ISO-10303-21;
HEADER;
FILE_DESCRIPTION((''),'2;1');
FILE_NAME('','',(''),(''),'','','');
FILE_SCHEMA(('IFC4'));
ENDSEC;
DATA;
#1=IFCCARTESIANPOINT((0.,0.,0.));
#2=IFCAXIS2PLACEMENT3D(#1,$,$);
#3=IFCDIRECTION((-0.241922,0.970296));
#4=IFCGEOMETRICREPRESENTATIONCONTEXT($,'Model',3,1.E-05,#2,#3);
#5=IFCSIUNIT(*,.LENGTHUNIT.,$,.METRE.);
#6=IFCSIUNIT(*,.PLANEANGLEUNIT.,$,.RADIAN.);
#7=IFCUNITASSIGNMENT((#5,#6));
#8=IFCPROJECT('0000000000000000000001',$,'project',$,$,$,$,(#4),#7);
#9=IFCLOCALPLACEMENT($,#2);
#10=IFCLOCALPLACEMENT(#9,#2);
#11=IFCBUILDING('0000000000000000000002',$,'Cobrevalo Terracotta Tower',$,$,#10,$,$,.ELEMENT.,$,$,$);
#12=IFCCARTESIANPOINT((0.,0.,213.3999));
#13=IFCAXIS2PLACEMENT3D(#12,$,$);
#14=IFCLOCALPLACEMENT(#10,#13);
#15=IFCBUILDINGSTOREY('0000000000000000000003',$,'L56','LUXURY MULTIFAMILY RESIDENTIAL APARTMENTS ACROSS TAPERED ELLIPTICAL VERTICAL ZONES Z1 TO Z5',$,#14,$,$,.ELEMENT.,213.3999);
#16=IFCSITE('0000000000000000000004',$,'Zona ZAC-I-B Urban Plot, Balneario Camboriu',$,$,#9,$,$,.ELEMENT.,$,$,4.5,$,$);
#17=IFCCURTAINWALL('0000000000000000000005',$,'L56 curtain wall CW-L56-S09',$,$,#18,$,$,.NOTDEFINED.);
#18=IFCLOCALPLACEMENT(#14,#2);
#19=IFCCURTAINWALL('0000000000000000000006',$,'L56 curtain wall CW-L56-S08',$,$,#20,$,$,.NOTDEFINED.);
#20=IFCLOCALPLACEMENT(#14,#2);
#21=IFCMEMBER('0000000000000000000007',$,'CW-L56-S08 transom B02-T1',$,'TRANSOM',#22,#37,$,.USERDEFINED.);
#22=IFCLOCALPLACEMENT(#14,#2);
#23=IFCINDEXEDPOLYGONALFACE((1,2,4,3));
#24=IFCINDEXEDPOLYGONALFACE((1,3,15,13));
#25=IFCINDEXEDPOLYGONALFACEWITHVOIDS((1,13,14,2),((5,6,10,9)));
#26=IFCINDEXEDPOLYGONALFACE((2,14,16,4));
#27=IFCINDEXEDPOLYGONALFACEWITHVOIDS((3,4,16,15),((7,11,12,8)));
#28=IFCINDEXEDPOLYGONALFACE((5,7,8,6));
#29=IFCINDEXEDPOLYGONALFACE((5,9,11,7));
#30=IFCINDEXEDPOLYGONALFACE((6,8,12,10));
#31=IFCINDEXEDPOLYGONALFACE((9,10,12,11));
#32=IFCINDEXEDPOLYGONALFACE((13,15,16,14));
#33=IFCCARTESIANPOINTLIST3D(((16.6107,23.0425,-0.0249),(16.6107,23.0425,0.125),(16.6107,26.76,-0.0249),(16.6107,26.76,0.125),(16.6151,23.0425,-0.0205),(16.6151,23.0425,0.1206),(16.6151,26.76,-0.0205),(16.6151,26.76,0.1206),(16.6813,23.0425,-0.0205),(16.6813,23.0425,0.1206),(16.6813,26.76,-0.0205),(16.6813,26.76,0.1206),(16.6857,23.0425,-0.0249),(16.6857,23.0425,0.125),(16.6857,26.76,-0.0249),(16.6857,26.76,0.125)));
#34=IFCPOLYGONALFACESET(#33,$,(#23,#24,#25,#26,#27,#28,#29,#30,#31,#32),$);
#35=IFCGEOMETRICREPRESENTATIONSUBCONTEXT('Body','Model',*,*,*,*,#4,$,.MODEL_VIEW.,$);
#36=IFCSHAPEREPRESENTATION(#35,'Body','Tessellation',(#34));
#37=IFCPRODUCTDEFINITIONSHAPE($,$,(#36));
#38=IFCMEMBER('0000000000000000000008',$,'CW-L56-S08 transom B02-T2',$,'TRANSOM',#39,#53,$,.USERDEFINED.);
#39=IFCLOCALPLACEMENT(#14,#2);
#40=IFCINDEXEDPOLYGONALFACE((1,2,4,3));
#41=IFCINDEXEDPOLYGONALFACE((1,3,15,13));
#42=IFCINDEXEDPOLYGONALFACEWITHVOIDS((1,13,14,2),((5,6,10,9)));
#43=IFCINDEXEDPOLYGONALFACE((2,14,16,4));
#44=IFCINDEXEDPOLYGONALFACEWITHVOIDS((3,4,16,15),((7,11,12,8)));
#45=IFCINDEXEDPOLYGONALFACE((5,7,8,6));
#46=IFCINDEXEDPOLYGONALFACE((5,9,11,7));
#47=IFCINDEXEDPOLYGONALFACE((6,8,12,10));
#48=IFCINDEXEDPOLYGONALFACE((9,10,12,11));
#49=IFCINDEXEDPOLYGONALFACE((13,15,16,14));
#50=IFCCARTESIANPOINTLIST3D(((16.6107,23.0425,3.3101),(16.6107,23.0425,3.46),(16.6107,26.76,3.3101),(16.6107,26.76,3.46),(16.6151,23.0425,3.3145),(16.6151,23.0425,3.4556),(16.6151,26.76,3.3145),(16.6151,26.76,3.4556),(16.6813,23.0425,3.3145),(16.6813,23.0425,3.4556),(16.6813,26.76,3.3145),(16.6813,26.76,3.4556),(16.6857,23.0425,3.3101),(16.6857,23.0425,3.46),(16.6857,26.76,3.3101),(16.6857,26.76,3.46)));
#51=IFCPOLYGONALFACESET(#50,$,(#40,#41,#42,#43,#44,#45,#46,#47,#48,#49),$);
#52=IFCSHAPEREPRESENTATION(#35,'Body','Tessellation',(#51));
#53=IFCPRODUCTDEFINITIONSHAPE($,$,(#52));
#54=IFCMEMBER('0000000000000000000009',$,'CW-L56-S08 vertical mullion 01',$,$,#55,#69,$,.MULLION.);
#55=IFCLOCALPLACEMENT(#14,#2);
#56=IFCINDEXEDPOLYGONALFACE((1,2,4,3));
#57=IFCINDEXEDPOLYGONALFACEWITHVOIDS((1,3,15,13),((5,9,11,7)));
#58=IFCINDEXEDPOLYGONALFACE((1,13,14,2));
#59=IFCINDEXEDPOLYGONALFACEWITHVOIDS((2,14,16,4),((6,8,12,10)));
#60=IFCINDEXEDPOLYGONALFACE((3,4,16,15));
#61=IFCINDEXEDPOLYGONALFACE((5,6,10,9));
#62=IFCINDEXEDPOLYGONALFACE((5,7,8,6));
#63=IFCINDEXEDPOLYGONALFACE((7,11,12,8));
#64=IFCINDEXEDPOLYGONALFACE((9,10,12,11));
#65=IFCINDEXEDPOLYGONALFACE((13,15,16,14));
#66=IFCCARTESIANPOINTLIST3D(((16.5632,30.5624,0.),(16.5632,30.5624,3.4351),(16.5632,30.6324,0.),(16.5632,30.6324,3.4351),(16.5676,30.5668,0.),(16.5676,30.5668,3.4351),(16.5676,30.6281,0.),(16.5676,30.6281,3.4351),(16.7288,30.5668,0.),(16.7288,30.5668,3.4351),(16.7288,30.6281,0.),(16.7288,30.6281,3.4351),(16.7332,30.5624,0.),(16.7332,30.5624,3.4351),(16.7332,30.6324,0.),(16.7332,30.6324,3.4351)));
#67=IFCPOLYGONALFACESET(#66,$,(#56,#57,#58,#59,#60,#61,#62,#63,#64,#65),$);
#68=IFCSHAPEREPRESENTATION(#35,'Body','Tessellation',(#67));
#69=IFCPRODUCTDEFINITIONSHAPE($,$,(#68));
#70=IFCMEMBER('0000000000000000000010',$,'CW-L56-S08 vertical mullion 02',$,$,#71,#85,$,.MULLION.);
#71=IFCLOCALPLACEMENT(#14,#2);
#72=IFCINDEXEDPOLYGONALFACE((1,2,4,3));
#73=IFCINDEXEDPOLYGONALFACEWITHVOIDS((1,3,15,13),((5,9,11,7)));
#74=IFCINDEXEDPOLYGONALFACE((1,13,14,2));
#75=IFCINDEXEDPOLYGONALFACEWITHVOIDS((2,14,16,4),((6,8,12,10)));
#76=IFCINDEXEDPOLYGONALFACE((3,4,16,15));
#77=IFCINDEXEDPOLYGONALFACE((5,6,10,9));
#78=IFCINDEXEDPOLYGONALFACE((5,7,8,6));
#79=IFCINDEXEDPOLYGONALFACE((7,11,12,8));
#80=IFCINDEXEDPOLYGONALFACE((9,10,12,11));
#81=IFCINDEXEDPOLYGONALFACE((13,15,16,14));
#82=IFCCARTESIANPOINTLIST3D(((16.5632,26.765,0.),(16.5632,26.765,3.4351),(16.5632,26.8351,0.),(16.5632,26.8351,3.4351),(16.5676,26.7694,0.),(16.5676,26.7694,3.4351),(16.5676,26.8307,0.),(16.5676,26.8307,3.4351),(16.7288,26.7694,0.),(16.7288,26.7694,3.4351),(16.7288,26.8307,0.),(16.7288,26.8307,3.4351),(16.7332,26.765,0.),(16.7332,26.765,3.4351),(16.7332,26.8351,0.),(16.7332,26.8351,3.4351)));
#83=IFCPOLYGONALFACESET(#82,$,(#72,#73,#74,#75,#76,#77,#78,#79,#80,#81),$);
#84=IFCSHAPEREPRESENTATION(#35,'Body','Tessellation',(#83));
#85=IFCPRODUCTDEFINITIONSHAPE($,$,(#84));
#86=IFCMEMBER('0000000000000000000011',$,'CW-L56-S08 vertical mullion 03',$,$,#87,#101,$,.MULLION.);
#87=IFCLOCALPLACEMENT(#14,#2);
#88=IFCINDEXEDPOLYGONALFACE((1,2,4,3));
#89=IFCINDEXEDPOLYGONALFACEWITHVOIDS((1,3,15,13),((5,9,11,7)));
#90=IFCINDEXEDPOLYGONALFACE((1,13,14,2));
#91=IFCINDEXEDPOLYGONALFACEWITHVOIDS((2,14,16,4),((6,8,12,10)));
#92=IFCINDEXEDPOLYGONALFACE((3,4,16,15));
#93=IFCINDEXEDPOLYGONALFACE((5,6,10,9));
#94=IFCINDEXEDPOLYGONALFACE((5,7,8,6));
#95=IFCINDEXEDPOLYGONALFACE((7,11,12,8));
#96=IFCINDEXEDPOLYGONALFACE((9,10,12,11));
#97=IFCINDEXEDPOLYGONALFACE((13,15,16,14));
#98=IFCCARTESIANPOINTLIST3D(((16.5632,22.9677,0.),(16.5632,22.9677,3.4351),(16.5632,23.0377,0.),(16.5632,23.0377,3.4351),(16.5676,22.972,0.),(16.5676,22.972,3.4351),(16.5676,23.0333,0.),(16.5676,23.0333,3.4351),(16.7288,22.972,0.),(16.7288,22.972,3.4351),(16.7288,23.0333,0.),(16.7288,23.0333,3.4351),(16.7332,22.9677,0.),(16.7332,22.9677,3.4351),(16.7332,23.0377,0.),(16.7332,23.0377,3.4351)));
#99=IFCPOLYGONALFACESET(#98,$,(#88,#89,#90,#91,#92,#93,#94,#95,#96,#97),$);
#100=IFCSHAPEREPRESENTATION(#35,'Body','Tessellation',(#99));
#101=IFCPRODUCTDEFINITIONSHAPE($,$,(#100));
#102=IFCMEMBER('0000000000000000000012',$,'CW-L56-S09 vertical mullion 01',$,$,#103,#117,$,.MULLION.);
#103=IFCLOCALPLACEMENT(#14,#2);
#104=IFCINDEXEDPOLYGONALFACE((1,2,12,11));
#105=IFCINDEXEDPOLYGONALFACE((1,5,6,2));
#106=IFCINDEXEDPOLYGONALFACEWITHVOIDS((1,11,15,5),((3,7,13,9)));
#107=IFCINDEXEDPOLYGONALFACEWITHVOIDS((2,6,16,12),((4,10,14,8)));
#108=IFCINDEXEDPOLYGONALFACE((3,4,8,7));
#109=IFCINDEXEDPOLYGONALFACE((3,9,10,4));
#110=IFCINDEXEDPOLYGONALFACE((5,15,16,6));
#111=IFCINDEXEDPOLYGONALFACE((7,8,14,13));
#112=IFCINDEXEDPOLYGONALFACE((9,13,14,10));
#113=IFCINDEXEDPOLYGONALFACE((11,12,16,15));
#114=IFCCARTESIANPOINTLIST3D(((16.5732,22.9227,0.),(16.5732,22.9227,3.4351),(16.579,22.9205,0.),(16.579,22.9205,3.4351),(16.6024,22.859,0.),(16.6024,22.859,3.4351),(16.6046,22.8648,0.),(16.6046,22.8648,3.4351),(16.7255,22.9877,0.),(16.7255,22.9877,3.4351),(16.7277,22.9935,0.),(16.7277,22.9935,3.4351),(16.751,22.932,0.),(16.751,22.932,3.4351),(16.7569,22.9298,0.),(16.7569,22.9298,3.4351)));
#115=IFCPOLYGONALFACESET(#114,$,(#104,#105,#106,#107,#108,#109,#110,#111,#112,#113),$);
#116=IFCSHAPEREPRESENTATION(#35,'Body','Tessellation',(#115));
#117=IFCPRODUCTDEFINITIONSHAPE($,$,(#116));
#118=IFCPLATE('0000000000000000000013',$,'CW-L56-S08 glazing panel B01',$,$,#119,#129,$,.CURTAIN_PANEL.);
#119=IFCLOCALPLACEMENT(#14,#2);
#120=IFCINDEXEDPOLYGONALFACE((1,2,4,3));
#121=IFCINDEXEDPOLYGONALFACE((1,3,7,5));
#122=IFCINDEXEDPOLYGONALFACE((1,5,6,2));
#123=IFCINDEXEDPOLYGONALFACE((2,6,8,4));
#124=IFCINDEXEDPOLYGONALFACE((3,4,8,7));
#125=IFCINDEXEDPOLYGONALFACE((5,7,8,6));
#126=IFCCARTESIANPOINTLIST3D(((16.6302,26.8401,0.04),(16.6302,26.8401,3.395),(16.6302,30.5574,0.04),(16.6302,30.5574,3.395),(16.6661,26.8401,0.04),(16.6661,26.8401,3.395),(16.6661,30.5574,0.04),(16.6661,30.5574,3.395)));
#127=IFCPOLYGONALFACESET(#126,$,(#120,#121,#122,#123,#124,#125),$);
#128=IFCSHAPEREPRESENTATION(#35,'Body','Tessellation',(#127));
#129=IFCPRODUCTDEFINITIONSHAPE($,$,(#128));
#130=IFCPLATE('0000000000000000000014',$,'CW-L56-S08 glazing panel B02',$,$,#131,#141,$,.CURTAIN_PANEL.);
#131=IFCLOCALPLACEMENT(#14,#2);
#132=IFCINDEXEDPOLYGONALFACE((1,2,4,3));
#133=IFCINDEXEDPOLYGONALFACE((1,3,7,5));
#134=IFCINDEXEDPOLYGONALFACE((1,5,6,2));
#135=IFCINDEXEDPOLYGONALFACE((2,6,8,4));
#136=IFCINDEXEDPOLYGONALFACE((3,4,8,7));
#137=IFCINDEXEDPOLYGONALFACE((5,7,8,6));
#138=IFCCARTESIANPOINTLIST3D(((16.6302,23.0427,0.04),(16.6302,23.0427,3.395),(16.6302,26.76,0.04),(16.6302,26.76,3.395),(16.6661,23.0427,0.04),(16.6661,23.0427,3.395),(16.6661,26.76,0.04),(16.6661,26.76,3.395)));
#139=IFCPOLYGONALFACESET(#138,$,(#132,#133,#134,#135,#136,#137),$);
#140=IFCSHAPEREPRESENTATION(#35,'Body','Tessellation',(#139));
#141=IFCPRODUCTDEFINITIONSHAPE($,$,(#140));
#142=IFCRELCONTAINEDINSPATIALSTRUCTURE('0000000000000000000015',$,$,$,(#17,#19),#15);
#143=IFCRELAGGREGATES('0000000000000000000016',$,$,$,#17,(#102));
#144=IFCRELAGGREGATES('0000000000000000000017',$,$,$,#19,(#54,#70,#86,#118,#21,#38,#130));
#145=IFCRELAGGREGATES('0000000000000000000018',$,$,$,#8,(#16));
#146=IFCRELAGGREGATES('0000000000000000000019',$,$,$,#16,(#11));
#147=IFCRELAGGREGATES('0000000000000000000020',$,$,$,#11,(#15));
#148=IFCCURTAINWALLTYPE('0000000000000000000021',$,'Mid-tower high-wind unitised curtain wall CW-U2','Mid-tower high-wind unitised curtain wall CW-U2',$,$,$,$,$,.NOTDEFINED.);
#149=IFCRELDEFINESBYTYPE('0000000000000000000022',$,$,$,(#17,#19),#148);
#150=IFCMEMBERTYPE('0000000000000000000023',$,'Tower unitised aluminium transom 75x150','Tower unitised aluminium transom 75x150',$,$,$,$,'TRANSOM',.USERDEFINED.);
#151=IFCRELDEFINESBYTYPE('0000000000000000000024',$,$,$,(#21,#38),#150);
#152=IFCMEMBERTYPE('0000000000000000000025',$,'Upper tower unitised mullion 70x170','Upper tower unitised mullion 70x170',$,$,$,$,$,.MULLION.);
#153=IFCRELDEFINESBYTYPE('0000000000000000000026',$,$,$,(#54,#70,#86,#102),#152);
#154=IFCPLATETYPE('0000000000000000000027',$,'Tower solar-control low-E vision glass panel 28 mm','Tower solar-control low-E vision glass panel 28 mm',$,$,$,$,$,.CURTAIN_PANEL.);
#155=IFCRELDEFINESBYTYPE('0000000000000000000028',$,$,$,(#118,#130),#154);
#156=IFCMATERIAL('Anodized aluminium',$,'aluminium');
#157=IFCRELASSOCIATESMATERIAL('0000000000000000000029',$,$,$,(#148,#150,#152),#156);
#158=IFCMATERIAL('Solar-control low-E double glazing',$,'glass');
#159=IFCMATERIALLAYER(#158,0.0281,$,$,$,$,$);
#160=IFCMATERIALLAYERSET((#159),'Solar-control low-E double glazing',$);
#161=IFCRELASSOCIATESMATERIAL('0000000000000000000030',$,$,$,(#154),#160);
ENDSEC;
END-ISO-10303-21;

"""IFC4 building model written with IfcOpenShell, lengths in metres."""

from ifc_helpers import new_model, si_unit, direction, frame, origin, origin_2d, place, context, subcontext, project, spatial, rectangle, hollow_rectangle, extrude, source, transform, mapped, material, layer, layer_set, material_profile, profile_set, type_object, element, aggregate, save


model = new_model("IFC4")

# Units and contexts
model_context = context("Model", 3, precision=1e-05, world=origin(), true_north=direction((-0.241922, 0.970296)))
body_context = subcontext(model_context, "Body", "Model", "MODEL_VIEW")
ifc_project = project(units=[si_unit("LENGTHUNIT", "METRE"), si_unit("PLANEANGLEUNIT", "RADIAN")], contexts=[model_context])

# Site, building, storey
site_placement = place(None, origin())
site = spatial("IfcSite", under=ifc_project, at=site_placement, Name="Zona ZAC-I-B Urban Plot, Balneario Camboriu", CompositionType="ELEMENT", RefElevation=4.5)
building_placement = place(site_placement, origin())
building = spatial("IfcBuilding", under=site, at=building_placement, Name="Cobrevalo Terracotta Tower", CompositionType="ELEMENT")
storey_placement = place(building_placement, frame((0.0, 0.0, 213.3999)))
storey = spatial("IfcBuildingStorey", under=building, at=storey_placement, Name="L56", Description="LUXURY MULTIFAMILY RESIDENTIAL APARTMENTS ACROSS TAPERED ELLIPTICAL VERTICAL ZONES Z1 TO Z5", CompositionType="ELEMENT", Elevation=213.3999)

# Curtain walls, members
ifc_material_1 = material(Name="Anodized aluminium", Category="aluminium")
curtain_wall_type = type_object("IfcCurtainWallType", Name="Mid-tower high-wind unitised curtain wall CW-U2", Description="Mid-tower high-wind unitised curtain wall CW-U2", PredefinedType="NOTDEFINED", material=ifc_material_1)
curtain_wall_1_placement = place(storey_placement, origin())
curtain_wall_1 = element("IfcCurtainWall", 1, at=curtain_wall_1_placement, inside=storey, type_object=curtain_wall_type, Name="L56 curtain wall CW-L56-S09", PredefinedType="NOTDEFINED")
ifc_material_profile_1 = material_profile(ifc_material_1, hollow_rectangle(XDim=0.075, YDim=0.1499, WallThickness=0.0044, at=origin_2d()), Name="CWT 75x150")
ifc_profile_set_1 = profile_set([ifc_material_profile_1], Name="Anodized aluminium")
member_type_1 = type_object("IfcMemberType", Name="Tower unitised aluminium transom 75x150", Description="Tower unitised aluminium transom 75x150", ElementType="TRANSOM", PredefinedType="USERDEFINED", material=ifc_profile_set_1)
curtain_wall_2_placement = place(storey_placement, origin())
curtain_wall_2 = element("IfcCurtainWall", 2, at=curtain_wall_2_placement, inside=storey, type_object=curtain_wall_type, Name="L56 curtain wall CW-L56-S08", PredefinedType="NOTDEFINED")
shared_shape_1 = source(origin(), body_context, "Body", "SweptSolid", [
    extrude(hollow_rectangle(XDim=0.075, YDim=0.1499, WallThickness=0.0044, at=origin_2d()), origin(), (0.0, 0.0, 1.0), 3.7175),
])
member_1_placement = place(storey_placement, frame((16.6482, 26.76, 0.05), z_axis=(0.0, -1.0, 0.0), x_axis=(1.0, 0.0, 0.0)))
member_1 = element("IfcMember", 3, at=member_1_placement, type_object=member_type_1, Name="CW-L56-S08 transom B02-T1", ObjectType="TRANSOM", PredefinedType="USERDEFINED", context=body_context, shape_type="MappedRepresentation", body=[
    mapped(shared_shape_1, transform((0.0, 0.0, 0.0), scale=1.0)),
])
member_2_placement = place(storey_placement, frame((16.6482, 26.76, 3.385), z_axis=(0.0, -1.0, 0.0), x_axis=(1.0, 0.0, 0.0)))
member_2 = element("IfcMember", 4, at=member_2_placement, type_object=member_type_1, Name="CW-L56-S08 transom B02-T2", ObjectType="TRANSOM", PredefinedType="USERDEFINED", context=body_context, shape_type="MappedRepresentation", body=[
    mapped(shared_shape_1, transform((0.0, 0.0, 0.0), scale=1.0)),
])
ifc_material_profile_2 = material_profile(ifc_material_1, hollow_rectangle(XDim=0.0701, YDim=0.1699, WallThickness=0.0044, at=origin_2d()), Name="CWM 70x170")
ifc_profile_set_2 = profile_set([ifc_material_profile_2], Name="Anodized aluminium")
member_type_2 = type_object("IfcMemberType", Name="Upper tower unitised mullion 70x170", Description="Upper tower unitised mullion 70x170", PredefinedType="MULLION", material=ifc_profile_set_2)
shared_shape_2 = source(origin(), body_context, "Body", "SweptSolid", [
    extrude(hollow_rectangle(XDim=0.0701, YDim=0.1699, WallThickness=0.0044, at=origin_2d()), origin(), (0.0, 0.0, 1.0), 3.4351),
])
member_3_placement = place(storey_placement, frame((16.6482, 30.5974, 0.0), z_axis=(0.0, 0.0, 1.0), x_axis=(0.0, -1.0, 0.0)))
member_3 = element("IfcMember", 5, at=member_3_placement, type_object=member_type_2, Name="CW-L56-S08 vertical mullion 01", PredefinedType="MULLION", context=body_context, shape_type="MappedRepresentation", body=[
    mapped(shared_shape_2, transform((0.0, 0.0, 0.0), scale=1.0)),
])
member_4_placement = place(storey_placement, frame((16.6482, 26.8, 0.0), z_axis=(0.0, 0.0, 1.0), x_axis=(0.0, -1.0, 0.0)))
member_4 = element("IfcMember", 6, at=member_4_placement, type_object=member_type_2, Name="CW-L56-S08 vertical mullion 02", PredefinedType="MULLION", context=body_context, shape_type="MappedRepresentation", body=[
    mapped(shared_shape_2, transform((0.0, 0.0, 0.0), scale=1.0)),
])
member_5_placement = place(storey_placement, frame((16.6482, 23.0027, 0.0), z_axis=(0.0, 0.0, 1.0), x_axis=(0.0, -1.0, 0.0)))
member_5 = element("IfcMember", 7, at=member_5_placement, type_object=member_type_2, Name="CW-L56-S08 vertical mullion 03", PredefinedType="MULLION", context=body_context, shape_type="MappedRepresentation", body=[
    mapped(shared_shape_2, transform((0.0, 0.0, 0.0), scale=1.0)),
])

# Member
member_6_placement = place(storey_placement, frame((16.665, 22.9263, 0.0), z_axis=(0.0, 0.0, 1.0), x_axis=(0.416725, -0.909033, 0.0)))
member_6 = element("IfcMember", 8, at=member_6_placement, type_object=member_type_2, Name="CW-L56-S09 vertical mullion 01", PredefinedType="MULLION", context=body_context, shape_type="MappedRepresentation", body=[
    mapped(shared_shape_2, transform((0.0, 0.0, 0.0), scale=1.0)),
])
aggregate(curtain_wall_1, [member_6])

# Plates
ifc_material_2 = material(Name="Solar-control low-E double glazing", Category="glass")
ifc_layer = layer(ifc_material_2, 0.0281)
ifc_layer_set = layer_set([ifc_layer], Name="Solar-control low-E double glazing")
plate_type = type_object("IfcPlateType", Name="Tower solar-control low-E vision glass panel 28 mm", Description="Tower solar-control low-E vision glass panel 28 mm", PredefinedType="CURTAIN_PANEL", material=ifc_layer_set)
shared_shape_3 = source(origin(), body_context, "Body", "SweptSolid", [
    extrude(rectangle(XDim=3.7173, YDim=0.0359, at=origin_2d()), origin(), (0.0, 0.0, 1.0), 3.355),
])
plate_1_placement = place(storey_placement, frame((16.6482, 28.6987, 0.04), z_axis=(0.0, 0.0, 1.0), x_axis=(0.0, -1.0, 0.0)))
plate_1 = element("IfcPlate", 9, at=plate_1_placement, type_object=plate_type, Name="CW-L56-S08 glazing panel B01", PredefinedType="CURTAIN_PANEL", context=body_context, shape_type="MappedRepresentation", body=[
    mapped(shared_shape_3, transform((0.0, 0.0, 0.0), scale=1.0)),
])
plate_2_placement = place(storey_placement, frame((16.6482, 24.9014, 0.04), z_axis=(0.0, 0.0, 1.0), x_axis=(0.0, -1.0, 0.0)))
plate_2 = element("IfcPlate", 10, at=plate_2_placement, type_object=plate_type, Name="CW-L56-S08 glazing panel B02", PredefinedType="CURTAIN_PANEL", context=body_context, shape_type="MappedRepresentation", body=[
    mapped(shared_shape_3, transform((0.0, 0.0, 0.0), scale=1.0)),
])
aggregate(curtain_wall_2, [member_3, member_4, member_5, plate_1, member_1, member_2, plate_2])

save(model, "model.ifc")
